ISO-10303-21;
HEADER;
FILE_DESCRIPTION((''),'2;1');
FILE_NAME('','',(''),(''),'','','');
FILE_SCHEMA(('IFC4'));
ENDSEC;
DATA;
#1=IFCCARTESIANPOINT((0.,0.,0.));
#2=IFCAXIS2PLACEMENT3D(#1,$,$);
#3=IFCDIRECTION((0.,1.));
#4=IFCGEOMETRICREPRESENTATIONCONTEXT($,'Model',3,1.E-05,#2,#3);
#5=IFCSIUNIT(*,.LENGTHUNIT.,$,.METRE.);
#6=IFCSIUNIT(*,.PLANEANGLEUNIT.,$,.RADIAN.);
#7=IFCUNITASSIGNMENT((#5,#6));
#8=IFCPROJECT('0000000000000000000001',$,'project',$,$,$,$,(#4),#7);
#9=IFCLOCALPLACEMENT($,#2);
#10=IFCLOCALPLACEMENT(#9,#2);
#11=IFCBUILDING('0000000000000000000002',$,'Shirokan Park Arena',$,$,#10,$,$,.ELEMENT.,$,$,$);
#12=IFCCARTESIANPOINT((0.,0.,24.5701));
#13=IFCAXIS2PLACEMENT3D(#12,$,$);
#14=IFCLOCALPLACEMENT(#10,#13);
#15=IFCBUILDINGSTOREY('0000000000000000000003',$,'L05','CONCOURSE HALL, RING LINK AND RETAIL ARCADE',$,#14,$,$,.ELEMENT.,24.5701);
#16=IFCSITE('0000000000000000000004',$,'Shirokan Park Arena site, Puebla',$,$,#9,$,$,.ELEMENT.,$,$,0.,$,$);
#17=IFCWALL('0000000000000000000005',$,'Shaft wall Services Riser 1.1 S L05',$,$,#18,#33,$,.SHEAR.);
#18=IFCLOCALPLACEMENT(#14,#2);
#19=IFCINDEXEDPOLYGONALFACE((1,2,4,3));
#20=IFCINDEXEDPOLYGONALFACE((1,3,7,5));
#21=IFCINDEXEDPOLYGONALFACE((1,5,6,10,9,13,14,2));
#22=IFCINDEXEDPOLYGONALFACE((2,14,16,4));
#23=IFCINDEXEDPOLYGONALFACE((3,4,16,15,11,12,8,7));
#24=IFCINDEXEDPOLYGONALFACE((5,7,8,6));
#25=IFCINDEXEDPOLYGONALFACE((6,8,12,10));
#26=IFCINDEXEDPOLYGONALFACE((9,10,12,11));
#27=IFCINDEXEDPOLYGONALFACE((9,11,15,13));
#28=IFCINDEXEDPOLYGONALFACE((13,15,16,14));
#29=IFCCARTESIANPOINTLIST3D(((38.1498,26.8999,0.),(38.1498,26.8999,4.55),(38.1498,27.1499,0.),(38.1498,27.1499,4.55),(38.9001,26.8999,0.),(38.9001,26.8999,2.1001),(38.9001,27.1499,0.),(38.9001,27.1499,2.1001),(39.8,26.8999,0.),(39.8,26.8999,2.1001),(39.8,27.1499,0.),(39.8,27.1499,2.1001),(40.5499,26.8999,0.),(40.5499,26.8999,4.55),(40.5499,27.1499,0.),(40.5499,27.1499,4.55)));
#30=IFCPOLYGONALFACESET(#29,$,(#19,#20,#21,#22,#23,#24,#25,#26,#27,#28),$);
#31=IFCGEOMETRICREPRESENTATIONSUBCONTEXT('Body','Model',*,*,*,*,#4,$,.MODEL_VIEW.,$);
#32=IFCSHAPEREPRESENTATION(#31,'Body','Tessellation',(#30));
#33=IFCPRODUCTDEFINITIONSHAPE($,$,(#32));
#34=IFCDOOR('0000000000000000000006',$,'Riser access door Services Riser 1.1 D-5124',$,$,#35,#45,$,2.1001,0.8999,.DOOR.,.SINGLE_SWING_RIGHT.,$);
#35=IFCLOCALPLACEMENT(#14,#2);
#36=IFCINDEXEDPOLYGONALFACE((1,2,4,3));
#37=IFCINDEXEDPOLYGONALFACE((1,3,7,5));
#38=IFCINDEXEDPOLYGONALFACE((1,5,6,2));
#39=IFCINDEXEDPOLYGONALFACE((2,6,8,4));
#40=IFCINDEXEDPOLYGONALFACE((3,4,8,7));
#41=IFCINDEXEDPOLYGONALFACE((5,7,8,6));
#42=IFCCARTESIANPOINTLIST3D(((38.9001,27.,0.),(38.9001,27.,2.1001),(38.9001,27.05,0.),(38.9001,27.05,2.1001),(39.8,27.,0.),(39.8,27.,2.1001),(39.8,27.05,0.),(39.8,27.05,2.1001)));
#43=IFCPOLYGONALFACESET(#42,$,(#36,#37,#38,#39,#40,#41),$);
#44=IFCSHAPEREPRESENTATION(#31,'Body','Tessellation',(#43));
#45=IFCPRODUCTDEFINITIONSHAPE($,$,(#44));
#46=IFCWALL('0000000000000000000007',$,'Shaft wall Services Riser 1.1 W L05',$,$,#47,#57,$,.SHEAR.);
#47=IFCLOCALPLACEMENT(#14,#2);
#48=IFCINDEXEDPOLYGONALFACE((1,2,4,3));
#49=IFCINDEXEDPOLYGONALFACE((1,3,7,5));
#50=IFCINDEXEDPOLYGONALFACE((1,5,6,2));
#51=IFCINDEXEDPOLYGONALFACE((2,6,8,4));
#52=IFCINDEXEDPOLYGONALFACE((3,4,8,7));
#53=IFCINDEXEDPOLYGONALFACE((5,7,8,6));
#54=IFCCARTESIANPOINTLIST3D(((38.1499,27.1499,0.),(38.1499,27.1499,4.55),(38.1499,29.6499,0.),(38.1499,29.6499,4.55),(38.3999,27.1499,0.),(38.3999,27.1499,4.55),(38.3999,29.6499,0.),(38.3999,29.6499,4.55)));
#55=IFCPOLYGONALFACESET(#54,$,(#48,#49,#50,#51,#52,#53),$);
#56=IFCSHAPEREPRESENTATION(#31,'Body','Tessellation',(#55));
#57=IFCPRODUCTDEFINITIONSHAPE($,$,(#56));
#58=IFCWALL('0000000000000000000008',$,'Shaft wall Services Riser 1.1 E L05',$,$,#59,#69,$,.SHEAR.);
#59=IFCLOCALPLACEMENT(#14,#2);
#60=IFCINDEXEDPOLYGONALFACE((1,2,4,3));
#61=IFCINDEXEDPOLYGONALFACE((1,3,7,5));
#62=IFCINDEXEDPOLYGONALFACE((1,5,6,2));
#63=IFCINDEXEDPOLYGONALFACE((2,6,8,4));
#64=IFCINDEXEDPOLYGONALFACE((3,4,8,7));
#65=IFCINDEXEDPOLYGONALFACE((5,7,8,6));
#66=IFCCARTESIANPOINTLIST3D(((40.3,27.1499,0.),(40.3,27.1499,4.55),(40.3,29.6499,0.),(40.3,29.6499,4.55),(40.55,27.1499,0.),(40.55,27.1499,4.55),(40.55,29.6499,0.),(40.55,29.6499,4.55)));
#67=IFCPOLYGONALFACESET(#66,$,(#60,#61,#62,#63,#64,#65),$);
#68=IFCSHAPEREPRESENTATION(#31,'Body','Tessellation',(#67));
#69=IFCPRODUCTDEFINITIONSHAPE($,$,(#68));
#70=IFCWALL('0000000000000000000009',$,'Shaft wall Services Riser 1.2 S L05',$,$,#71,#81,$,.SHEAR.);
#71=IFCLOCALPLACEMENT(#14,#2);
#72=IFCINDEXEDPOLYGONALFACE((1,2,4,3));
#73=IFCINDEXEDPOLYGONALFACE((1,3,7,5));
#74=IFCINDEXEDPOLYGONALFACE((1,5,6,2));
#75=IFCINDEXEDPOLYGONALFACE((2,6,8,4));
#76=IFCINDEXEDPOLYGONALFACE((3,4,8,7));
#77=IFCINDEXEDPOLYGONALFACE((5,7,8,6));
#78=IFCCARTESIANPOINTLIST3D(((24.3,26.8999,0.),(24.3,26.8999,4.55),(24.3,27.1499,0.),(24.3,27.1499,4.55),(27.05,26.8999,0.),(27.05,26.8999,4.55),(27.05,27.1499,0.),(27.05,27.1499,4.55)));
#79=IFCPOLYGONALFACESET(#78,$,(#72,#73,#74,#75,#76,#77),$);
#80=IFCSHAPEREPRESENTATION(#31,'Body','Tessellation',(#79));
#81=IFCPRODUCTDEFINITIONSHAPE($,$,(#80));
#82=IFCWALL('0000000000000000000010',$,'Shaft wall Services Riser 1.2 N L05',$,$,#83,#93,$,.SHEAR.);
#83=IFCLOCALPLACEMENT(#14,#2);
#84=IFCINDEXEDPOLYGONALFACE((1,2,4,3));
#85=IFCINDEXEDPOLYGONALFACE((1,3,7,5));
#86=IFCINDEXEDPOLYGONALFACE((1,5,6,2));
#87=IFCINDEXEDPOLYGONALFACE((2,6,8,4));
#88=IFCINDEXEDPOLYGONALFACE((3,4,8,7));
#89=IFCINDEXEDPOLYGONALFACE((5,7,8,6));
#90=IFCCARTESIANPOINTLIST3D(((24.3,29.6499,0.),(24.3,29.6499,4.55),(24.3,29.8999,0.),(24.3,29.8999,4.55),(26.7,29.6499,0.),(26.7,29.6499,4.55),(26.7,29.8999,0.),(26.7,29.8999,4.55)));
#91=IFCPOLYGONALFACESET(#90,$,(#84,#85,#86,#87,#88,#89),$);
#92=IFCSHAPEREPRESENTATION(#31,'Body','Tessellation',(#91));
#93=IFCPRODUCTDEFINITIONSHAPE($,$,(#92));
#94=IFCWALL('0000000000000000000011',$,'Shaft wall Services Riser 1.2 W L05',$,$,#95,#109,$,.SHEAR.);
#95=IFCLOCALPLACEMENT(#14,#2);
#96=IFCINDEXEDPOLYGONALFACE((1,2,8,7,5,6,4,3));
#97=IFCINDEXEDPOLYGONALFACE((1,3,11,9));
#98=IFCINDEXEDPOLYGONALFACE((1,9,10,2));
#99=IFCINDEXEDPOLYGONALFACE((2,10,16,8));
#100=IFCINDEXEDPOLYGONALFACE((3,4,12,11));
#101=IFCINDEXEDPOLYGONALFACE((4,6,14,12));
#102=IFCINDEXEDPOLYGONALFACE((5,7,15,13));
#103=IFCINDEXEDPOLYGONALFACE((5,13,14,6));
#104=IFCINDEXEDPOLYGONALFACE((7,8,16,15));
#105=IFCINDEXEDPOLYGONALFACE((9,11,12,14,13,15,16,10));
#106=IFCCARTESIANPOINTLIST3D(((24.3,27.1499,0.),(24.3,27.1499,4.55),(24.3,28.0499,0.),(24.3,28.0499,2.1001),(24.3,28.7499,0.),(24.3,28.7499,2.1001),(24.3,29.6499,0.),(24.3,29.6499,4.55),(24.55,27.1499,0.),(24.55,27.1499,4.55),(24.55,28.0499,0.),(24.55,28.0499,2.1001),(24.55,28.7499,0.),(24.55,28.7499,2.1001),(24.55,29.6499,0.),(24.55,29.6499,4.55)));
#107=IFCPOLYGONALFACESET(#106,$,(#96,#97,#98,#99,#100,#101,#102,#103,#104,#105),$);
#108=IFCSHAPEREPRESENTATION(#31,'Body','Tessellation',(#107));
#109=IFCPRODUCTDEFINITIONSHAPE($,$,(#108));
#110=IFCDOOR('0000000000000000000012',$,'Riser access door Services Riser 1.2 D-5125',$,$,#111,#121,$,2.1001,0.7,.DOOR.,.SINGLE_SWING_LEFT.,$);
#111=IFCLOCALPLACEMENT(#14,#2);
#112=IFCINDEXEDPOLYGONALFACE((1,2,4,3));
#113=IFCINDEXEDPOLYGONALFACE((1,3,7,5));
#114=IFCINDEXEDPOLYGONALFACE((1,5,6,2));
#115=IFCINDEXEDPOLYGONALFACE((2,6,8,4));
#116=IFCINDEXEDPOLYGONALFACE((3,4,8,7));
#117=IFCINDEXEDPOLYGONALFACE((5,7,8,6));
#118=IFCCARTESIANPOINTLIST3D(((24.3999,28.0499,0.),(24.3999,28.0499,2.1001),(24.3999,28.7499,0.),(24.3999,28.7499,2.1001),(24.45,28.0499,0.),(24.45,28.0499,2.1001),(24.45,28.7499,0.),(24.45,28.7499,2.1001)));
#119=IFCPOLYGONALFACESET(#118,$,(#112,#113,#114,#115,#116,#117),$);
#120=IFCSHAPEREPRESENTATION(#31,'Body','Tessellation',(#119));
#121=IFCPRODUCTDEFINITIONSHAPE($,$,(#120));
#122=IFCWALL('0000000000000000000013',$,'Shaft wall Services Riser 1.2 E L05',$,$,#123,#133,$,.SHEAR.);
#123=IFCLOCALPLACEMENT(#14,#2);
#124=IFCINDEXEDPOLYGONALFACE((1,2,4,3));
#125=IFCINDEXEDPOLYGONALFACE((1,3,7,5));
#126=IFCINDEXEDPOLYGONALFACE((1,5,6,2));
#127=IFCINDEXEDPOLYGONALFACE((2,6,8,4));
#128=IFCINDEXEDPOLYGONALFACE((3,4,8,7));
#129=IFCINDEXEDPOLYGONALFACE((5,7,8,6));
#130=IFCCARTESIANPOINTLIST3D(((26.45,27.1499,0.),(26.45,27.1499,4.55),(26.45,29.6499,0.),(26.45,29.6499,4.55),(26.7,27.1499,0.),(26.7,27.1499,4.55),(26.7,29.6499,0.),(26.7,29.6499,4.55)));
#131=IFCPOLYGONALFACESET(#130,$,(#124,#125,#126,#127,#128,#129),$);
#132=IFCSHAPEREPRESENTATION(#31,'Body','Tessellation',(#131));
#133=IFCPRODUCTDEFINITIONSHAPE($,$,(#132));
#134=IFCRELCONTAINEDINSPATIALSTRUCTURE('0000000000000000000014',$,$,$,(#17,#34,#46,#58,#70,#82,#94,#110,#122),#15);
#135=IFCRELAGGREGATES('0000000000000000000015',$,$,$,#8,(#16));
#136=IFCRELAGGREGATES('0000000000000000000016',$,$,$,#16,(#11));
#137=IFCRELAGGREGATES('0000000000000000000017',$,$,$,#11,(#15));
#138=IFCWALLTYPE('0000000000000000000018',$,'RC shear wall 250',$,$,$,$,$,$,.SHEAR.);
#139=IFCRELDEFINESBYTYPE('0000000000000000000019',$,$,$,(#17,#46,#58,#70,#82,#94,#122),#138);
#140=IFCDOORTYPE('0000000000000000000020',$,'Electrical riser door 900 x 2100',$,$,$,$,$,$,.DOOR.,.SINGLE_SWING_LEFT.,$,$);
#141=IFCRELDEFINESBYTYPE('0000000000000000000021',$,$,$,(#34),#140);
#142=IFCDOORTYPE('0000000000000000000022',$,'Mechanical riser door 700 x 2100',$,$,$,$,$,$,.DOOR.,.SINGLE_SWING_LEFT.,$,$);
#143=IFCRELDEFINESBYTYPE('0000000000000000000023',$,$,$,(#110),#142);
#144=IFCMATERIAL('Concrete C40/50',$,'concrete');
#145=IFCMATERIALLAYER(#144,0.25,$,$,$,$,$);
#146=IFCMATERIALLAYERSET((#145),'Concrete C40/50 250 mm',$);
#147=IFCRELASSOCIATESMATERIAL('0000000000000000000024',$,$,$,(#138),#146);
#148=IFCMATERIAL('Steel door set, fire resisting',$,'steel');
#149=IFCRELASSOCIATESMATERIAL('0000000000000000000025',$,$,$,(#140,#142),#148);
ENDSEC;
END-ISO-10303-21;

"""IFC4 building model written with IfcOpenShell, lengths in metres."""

from ifc_helpers import new_model, si_unit, direction, frame, frame_2d, origin, place, context, subcontext, project, spatial, rectangle, extrude, material, layer, layer_set, type_object, element, fill, save


model = new_model("IFC4")

# Units and contexts
model_context = context("Model", 3, precision=1e-05, world=origin(), true_north=direction((0.0, 1.0)))
body_context = subcontext(model_context, "Body", "Model", "MODEL_VIEW")
ifc_project = project(units=[si_unit("LENGTHUNIT", "METRE"), si_unit("PLANEANGLEUNIT", "RADIAN")], contexts=[model_context])

# Site, building, storey
site_placement = place(None, origin())
site = spatial("IfcSite", under=ifc_project, at=site_placement, Name="Shirokan Park Arena site, Puebla", CompositionType="ELEMENT", RefElevation=0.0)
building_placement = place(site_placement, origin())
building = spatial("IfcBuilding", under=site, at=building_placement, Name="Shirokan Park Arena", CompositionType="ELEMENT")
storey_placement = place(building_placement, frame((0.0, 0.0, 24.5701)))
storey = spatial("IfcBuildingStorey", under=building, at=storey_placement, Name="L05", Description="CONCOURSE HALL, RING LINK AND RETAIL ARCADE", CompositionType="ELEMENT", Elevation=24.5701)

# Wall, opening, door
ifc_material_1 = material(Name="Concrete C40/50", Category="concrete")
ifc_layer_1 = layer(ifc_material_1, 0.25)
ifc_layer_set_1 = layer_set([ifc_layer_1], Name="Concrete C40/50 250 mm")
wall_type_1 = type_object("IfcWallType", Name="RC shear wall 250", PredefinedType="SHEAR", material=ifc_layer_set_1)
wall_1_placement = place(storey_placement, frame((40.55, 27.0249, 0.0), z_axis=(0.0, 0.0, 1.0), x_axis=(-1.0, 0.0, 0.0)))
wall_1 = element("IfcWall", 1, at=wall_1_placement, inside=storey, type_object=wall_type_1, Name="Shaft wall Services Riser 1.1 S L05", PredefinedType="SHEAR", context=body_context, shape_type="SweptSolid", body=[
    extrude(rectangle(XDim=2.4001, YDim=0.25, at=frame_2d((1.2002, 0.0))), origin(), (0.0, 0.0, 1.0), 4.55),
])
opening_1_placement = place(wall_1_placement, frame((0.75, 0.0, 0.0)))
opening_1 = element("IfcOpeningElement", 2, at=opening_1_placement, cuts=wall_1, PredefinedType="OPENING", context=body_context, shape_type="SweptSolid", body=[
    extrude(rectangle(XDim=0.8999, YDim=2.1001, at=frame_2d((0.45, 1.05))), frame((0.0, 0.135, 0.0), z_axis=(0.0, -1.0, 0.0), x_axis=(1.0, 0.0, 0.0)), (0.0, 0.0, 1.0), 0.27),
])
ifc_material_2 = material(Name="Steel door set, fire resisting", Category="steel")
door_type_1 = type_object("IfcDoorType", Name="Electrical riser door 900 x 2100", OperationType="SINGLE_SWING_LEFT", PredefinedType="DOOR", material=ifc_material_2)
door_1_placement = place(opening_1_placement, origin())
door_1 = element("IfcDoor", 3, at=door_1_placement, inside=storey, type_object=door_type_1, Name="Riser access door Services Riser 1.1 D-5124", OperationType="SINGLE_SWING_RIGHT", OverallHeight=2.1001, OverallWidth=0.8999, PredefinedType="DOOR", context=body_context, shape_type="SweptSolid", body=[
    extrude(rectangle(XDim=0.8999, YDim=2.1001, at=frame_2d((0.45, 1.05))), frame((0.0, 0.0249, 0.0), z_axis=(0.0, -1.0, 0.0), x_axis=(1.0, 0.0, 0.0)), (0.0, 0.0, 1.0), 0.05),
])
fill(opening_1, door_1)

# Walls
for number, where, z_axis, x_axis, name in (
    (4, (38.2749, 29.6499, 0.0), (0.0, 0.0, 1.0), (0.0, -1.0, 0.0), "Shaft wall Services Riser 1.1 W L05"),
    (5, (40.425, 29.6499, 0.0), (0.0, 0.0, 1.0), (0.0, -1.0, 0.0), "Shaft wall Services Riser 1.1 E L05"),
):
    element("IfcWall", number, at=place(storey_placement, frame(where, z_axis=z_axis, x_axis=x_axis)), inside=storey, type_object=wall_type_1, Name=name, PredefinedType="SHEAR", context=body_context, shape_type="SweptSolid", body=[
        extrude(rectangle(XDim=2.5, YDim=0.25, at=frame_2d((1.25, 0.0))), origin(), (0.0, 0.0, 1.0), 4.55),
    ])
wall_2_placement = place(storey_placement, frame((27.05, 27.0249, 0.0), z_axis=(0.0, 0.0, 1.0), x_axis=(-1.0, 0.0, 0.0)))
element("IfcWall", 6, at=wall_2_placement, inside=storey, type_object=wall_type_1, Name="Shaft wall Services Riser 1.2 S L05", PredefinedType="SHEAR", context=body_context, shape_type="SweptSolid", body=[
    extrude(rectangle(XDim=2.75, YDim=0.25, at=frame_2d((1.375, 0.0))), origin(), (0.0, 0.0, 1.0), 4.55),
])
wall_3_placement = place(storey_placement, frame((26.7, 29.7749, 0.0), z_axis=(0.0, 0.0, 1.0), x_axis=(-1.0, 0.0, 0.0)))
element("IfcWall", 7, at=wall_3_placement, inside=storey, type_object=wall_type_1, Name="Shaft wall Services Riser 1.2 N L05", PredefinedType="SHEAR", context=body_context, shape_type="SweptSolid", body=[
    extrude(rectangle(XDim=2.3999, YDim=0.25, at=frame_2d((1.2, 0.0))), origin(), (0.0, 0.0, 1.0), 4.55),
])

# Wall, opening, door
wall_4_placement = place(storey_placement, frame((24.425, 29.6499, 0.0), z_axis=(0.0, 0.0, 1.0), x_axis=(0.0, -1.0, 0.0)))
wall_4 = element("IfcWall", 8, at=wall_4_placement, inside=storey, type_object=wall_type_1, Name="Shaft wall Services Riser 1.2 W L05", PredefinedType="SHEAR", context=body_context, shape_type="SweptSolid", body=[
    extrude(rectangle(XDim=2.5, YDim=0.25, at=frame_2d((1.25, 0.0))), origin(), (0.0, 0.0, 1.0), 4.55),
])
opening_2_placement = place(wall_4_placement, frame((0.8999, 0.0, 0.0)))
opening_2 = element("IfcOpeningElement", 9, at=opening_2_placement, cuts=wall_4, PredefinedType="OPENING", context=body_context, shape_type="SweptSolid", body=[
    extrude(rectangle(XDim=0.7, YDim=2.1001, at=frame_2d((0.3501, 1.05))), frame((0.0, 0.135, 0.0), z_axis=(0.0, -1.0, 0.0), x_axis=(1.0, 0.0, 0.0)), (0.0, 0.0, 1.0), 0.27),
])
door_type_2 = type_object("IfcDoorType", Name="Mechanical riser door 700 x 2100", OperationType="SINGLE_SWING_LEFT", PredefinedType="DOOR", material=ifc_material_2)
door_2_placement = place(opening_2_placement, origin())
door_2 = element("IfcDoor", 10, at=door_2_placement, inside=storey, type_object=door_type_2, Name="Riser access door Services Riser 1.2 D-5125", OperationType="SINGLE_SWING_LEFT", OverallHeight=2.1001, OverallWidth=0.7, PredefinedType="DOOR", context=body_context, shape_type="SweptSolid", body=[
    extrude(rectangle(XDim=0.7, YDim=2.1001, at=frame_2d((0.3501, 1.05))), frame((0.0, 0.0249, 0.0), z_axis=(0.0, -1.0, 0.0), x_axis=(1.0, 0.0, 0.0)), (0.0, 0.0, 1.0), 0.05),
])
fill(opening_2, door_2)

# Wall
wall_5_placement = place(storey_placement, frame((26.575, 29.6499, 0.0), z_axis=(0.0, 0.0, 1.0), x_axis=(0.0, -1.0, 0.0)))
element("IfcWall", 11, at=wall_5_placement, inside=storey, type_object=wall_type_1, Name="Shaft wall Services Riser 1.2 E L05", PredefinedType="SHEAR", context=body_context, shape_type="SweptSolid", body=[
    extrude(rectangle(XDim=2.5, YDim=0.25, at=frame_2d((1.25, 0.0))), origin(), (0.0, 0.0, 1.0), 4.55),
])

save(model, "model.ifc")
